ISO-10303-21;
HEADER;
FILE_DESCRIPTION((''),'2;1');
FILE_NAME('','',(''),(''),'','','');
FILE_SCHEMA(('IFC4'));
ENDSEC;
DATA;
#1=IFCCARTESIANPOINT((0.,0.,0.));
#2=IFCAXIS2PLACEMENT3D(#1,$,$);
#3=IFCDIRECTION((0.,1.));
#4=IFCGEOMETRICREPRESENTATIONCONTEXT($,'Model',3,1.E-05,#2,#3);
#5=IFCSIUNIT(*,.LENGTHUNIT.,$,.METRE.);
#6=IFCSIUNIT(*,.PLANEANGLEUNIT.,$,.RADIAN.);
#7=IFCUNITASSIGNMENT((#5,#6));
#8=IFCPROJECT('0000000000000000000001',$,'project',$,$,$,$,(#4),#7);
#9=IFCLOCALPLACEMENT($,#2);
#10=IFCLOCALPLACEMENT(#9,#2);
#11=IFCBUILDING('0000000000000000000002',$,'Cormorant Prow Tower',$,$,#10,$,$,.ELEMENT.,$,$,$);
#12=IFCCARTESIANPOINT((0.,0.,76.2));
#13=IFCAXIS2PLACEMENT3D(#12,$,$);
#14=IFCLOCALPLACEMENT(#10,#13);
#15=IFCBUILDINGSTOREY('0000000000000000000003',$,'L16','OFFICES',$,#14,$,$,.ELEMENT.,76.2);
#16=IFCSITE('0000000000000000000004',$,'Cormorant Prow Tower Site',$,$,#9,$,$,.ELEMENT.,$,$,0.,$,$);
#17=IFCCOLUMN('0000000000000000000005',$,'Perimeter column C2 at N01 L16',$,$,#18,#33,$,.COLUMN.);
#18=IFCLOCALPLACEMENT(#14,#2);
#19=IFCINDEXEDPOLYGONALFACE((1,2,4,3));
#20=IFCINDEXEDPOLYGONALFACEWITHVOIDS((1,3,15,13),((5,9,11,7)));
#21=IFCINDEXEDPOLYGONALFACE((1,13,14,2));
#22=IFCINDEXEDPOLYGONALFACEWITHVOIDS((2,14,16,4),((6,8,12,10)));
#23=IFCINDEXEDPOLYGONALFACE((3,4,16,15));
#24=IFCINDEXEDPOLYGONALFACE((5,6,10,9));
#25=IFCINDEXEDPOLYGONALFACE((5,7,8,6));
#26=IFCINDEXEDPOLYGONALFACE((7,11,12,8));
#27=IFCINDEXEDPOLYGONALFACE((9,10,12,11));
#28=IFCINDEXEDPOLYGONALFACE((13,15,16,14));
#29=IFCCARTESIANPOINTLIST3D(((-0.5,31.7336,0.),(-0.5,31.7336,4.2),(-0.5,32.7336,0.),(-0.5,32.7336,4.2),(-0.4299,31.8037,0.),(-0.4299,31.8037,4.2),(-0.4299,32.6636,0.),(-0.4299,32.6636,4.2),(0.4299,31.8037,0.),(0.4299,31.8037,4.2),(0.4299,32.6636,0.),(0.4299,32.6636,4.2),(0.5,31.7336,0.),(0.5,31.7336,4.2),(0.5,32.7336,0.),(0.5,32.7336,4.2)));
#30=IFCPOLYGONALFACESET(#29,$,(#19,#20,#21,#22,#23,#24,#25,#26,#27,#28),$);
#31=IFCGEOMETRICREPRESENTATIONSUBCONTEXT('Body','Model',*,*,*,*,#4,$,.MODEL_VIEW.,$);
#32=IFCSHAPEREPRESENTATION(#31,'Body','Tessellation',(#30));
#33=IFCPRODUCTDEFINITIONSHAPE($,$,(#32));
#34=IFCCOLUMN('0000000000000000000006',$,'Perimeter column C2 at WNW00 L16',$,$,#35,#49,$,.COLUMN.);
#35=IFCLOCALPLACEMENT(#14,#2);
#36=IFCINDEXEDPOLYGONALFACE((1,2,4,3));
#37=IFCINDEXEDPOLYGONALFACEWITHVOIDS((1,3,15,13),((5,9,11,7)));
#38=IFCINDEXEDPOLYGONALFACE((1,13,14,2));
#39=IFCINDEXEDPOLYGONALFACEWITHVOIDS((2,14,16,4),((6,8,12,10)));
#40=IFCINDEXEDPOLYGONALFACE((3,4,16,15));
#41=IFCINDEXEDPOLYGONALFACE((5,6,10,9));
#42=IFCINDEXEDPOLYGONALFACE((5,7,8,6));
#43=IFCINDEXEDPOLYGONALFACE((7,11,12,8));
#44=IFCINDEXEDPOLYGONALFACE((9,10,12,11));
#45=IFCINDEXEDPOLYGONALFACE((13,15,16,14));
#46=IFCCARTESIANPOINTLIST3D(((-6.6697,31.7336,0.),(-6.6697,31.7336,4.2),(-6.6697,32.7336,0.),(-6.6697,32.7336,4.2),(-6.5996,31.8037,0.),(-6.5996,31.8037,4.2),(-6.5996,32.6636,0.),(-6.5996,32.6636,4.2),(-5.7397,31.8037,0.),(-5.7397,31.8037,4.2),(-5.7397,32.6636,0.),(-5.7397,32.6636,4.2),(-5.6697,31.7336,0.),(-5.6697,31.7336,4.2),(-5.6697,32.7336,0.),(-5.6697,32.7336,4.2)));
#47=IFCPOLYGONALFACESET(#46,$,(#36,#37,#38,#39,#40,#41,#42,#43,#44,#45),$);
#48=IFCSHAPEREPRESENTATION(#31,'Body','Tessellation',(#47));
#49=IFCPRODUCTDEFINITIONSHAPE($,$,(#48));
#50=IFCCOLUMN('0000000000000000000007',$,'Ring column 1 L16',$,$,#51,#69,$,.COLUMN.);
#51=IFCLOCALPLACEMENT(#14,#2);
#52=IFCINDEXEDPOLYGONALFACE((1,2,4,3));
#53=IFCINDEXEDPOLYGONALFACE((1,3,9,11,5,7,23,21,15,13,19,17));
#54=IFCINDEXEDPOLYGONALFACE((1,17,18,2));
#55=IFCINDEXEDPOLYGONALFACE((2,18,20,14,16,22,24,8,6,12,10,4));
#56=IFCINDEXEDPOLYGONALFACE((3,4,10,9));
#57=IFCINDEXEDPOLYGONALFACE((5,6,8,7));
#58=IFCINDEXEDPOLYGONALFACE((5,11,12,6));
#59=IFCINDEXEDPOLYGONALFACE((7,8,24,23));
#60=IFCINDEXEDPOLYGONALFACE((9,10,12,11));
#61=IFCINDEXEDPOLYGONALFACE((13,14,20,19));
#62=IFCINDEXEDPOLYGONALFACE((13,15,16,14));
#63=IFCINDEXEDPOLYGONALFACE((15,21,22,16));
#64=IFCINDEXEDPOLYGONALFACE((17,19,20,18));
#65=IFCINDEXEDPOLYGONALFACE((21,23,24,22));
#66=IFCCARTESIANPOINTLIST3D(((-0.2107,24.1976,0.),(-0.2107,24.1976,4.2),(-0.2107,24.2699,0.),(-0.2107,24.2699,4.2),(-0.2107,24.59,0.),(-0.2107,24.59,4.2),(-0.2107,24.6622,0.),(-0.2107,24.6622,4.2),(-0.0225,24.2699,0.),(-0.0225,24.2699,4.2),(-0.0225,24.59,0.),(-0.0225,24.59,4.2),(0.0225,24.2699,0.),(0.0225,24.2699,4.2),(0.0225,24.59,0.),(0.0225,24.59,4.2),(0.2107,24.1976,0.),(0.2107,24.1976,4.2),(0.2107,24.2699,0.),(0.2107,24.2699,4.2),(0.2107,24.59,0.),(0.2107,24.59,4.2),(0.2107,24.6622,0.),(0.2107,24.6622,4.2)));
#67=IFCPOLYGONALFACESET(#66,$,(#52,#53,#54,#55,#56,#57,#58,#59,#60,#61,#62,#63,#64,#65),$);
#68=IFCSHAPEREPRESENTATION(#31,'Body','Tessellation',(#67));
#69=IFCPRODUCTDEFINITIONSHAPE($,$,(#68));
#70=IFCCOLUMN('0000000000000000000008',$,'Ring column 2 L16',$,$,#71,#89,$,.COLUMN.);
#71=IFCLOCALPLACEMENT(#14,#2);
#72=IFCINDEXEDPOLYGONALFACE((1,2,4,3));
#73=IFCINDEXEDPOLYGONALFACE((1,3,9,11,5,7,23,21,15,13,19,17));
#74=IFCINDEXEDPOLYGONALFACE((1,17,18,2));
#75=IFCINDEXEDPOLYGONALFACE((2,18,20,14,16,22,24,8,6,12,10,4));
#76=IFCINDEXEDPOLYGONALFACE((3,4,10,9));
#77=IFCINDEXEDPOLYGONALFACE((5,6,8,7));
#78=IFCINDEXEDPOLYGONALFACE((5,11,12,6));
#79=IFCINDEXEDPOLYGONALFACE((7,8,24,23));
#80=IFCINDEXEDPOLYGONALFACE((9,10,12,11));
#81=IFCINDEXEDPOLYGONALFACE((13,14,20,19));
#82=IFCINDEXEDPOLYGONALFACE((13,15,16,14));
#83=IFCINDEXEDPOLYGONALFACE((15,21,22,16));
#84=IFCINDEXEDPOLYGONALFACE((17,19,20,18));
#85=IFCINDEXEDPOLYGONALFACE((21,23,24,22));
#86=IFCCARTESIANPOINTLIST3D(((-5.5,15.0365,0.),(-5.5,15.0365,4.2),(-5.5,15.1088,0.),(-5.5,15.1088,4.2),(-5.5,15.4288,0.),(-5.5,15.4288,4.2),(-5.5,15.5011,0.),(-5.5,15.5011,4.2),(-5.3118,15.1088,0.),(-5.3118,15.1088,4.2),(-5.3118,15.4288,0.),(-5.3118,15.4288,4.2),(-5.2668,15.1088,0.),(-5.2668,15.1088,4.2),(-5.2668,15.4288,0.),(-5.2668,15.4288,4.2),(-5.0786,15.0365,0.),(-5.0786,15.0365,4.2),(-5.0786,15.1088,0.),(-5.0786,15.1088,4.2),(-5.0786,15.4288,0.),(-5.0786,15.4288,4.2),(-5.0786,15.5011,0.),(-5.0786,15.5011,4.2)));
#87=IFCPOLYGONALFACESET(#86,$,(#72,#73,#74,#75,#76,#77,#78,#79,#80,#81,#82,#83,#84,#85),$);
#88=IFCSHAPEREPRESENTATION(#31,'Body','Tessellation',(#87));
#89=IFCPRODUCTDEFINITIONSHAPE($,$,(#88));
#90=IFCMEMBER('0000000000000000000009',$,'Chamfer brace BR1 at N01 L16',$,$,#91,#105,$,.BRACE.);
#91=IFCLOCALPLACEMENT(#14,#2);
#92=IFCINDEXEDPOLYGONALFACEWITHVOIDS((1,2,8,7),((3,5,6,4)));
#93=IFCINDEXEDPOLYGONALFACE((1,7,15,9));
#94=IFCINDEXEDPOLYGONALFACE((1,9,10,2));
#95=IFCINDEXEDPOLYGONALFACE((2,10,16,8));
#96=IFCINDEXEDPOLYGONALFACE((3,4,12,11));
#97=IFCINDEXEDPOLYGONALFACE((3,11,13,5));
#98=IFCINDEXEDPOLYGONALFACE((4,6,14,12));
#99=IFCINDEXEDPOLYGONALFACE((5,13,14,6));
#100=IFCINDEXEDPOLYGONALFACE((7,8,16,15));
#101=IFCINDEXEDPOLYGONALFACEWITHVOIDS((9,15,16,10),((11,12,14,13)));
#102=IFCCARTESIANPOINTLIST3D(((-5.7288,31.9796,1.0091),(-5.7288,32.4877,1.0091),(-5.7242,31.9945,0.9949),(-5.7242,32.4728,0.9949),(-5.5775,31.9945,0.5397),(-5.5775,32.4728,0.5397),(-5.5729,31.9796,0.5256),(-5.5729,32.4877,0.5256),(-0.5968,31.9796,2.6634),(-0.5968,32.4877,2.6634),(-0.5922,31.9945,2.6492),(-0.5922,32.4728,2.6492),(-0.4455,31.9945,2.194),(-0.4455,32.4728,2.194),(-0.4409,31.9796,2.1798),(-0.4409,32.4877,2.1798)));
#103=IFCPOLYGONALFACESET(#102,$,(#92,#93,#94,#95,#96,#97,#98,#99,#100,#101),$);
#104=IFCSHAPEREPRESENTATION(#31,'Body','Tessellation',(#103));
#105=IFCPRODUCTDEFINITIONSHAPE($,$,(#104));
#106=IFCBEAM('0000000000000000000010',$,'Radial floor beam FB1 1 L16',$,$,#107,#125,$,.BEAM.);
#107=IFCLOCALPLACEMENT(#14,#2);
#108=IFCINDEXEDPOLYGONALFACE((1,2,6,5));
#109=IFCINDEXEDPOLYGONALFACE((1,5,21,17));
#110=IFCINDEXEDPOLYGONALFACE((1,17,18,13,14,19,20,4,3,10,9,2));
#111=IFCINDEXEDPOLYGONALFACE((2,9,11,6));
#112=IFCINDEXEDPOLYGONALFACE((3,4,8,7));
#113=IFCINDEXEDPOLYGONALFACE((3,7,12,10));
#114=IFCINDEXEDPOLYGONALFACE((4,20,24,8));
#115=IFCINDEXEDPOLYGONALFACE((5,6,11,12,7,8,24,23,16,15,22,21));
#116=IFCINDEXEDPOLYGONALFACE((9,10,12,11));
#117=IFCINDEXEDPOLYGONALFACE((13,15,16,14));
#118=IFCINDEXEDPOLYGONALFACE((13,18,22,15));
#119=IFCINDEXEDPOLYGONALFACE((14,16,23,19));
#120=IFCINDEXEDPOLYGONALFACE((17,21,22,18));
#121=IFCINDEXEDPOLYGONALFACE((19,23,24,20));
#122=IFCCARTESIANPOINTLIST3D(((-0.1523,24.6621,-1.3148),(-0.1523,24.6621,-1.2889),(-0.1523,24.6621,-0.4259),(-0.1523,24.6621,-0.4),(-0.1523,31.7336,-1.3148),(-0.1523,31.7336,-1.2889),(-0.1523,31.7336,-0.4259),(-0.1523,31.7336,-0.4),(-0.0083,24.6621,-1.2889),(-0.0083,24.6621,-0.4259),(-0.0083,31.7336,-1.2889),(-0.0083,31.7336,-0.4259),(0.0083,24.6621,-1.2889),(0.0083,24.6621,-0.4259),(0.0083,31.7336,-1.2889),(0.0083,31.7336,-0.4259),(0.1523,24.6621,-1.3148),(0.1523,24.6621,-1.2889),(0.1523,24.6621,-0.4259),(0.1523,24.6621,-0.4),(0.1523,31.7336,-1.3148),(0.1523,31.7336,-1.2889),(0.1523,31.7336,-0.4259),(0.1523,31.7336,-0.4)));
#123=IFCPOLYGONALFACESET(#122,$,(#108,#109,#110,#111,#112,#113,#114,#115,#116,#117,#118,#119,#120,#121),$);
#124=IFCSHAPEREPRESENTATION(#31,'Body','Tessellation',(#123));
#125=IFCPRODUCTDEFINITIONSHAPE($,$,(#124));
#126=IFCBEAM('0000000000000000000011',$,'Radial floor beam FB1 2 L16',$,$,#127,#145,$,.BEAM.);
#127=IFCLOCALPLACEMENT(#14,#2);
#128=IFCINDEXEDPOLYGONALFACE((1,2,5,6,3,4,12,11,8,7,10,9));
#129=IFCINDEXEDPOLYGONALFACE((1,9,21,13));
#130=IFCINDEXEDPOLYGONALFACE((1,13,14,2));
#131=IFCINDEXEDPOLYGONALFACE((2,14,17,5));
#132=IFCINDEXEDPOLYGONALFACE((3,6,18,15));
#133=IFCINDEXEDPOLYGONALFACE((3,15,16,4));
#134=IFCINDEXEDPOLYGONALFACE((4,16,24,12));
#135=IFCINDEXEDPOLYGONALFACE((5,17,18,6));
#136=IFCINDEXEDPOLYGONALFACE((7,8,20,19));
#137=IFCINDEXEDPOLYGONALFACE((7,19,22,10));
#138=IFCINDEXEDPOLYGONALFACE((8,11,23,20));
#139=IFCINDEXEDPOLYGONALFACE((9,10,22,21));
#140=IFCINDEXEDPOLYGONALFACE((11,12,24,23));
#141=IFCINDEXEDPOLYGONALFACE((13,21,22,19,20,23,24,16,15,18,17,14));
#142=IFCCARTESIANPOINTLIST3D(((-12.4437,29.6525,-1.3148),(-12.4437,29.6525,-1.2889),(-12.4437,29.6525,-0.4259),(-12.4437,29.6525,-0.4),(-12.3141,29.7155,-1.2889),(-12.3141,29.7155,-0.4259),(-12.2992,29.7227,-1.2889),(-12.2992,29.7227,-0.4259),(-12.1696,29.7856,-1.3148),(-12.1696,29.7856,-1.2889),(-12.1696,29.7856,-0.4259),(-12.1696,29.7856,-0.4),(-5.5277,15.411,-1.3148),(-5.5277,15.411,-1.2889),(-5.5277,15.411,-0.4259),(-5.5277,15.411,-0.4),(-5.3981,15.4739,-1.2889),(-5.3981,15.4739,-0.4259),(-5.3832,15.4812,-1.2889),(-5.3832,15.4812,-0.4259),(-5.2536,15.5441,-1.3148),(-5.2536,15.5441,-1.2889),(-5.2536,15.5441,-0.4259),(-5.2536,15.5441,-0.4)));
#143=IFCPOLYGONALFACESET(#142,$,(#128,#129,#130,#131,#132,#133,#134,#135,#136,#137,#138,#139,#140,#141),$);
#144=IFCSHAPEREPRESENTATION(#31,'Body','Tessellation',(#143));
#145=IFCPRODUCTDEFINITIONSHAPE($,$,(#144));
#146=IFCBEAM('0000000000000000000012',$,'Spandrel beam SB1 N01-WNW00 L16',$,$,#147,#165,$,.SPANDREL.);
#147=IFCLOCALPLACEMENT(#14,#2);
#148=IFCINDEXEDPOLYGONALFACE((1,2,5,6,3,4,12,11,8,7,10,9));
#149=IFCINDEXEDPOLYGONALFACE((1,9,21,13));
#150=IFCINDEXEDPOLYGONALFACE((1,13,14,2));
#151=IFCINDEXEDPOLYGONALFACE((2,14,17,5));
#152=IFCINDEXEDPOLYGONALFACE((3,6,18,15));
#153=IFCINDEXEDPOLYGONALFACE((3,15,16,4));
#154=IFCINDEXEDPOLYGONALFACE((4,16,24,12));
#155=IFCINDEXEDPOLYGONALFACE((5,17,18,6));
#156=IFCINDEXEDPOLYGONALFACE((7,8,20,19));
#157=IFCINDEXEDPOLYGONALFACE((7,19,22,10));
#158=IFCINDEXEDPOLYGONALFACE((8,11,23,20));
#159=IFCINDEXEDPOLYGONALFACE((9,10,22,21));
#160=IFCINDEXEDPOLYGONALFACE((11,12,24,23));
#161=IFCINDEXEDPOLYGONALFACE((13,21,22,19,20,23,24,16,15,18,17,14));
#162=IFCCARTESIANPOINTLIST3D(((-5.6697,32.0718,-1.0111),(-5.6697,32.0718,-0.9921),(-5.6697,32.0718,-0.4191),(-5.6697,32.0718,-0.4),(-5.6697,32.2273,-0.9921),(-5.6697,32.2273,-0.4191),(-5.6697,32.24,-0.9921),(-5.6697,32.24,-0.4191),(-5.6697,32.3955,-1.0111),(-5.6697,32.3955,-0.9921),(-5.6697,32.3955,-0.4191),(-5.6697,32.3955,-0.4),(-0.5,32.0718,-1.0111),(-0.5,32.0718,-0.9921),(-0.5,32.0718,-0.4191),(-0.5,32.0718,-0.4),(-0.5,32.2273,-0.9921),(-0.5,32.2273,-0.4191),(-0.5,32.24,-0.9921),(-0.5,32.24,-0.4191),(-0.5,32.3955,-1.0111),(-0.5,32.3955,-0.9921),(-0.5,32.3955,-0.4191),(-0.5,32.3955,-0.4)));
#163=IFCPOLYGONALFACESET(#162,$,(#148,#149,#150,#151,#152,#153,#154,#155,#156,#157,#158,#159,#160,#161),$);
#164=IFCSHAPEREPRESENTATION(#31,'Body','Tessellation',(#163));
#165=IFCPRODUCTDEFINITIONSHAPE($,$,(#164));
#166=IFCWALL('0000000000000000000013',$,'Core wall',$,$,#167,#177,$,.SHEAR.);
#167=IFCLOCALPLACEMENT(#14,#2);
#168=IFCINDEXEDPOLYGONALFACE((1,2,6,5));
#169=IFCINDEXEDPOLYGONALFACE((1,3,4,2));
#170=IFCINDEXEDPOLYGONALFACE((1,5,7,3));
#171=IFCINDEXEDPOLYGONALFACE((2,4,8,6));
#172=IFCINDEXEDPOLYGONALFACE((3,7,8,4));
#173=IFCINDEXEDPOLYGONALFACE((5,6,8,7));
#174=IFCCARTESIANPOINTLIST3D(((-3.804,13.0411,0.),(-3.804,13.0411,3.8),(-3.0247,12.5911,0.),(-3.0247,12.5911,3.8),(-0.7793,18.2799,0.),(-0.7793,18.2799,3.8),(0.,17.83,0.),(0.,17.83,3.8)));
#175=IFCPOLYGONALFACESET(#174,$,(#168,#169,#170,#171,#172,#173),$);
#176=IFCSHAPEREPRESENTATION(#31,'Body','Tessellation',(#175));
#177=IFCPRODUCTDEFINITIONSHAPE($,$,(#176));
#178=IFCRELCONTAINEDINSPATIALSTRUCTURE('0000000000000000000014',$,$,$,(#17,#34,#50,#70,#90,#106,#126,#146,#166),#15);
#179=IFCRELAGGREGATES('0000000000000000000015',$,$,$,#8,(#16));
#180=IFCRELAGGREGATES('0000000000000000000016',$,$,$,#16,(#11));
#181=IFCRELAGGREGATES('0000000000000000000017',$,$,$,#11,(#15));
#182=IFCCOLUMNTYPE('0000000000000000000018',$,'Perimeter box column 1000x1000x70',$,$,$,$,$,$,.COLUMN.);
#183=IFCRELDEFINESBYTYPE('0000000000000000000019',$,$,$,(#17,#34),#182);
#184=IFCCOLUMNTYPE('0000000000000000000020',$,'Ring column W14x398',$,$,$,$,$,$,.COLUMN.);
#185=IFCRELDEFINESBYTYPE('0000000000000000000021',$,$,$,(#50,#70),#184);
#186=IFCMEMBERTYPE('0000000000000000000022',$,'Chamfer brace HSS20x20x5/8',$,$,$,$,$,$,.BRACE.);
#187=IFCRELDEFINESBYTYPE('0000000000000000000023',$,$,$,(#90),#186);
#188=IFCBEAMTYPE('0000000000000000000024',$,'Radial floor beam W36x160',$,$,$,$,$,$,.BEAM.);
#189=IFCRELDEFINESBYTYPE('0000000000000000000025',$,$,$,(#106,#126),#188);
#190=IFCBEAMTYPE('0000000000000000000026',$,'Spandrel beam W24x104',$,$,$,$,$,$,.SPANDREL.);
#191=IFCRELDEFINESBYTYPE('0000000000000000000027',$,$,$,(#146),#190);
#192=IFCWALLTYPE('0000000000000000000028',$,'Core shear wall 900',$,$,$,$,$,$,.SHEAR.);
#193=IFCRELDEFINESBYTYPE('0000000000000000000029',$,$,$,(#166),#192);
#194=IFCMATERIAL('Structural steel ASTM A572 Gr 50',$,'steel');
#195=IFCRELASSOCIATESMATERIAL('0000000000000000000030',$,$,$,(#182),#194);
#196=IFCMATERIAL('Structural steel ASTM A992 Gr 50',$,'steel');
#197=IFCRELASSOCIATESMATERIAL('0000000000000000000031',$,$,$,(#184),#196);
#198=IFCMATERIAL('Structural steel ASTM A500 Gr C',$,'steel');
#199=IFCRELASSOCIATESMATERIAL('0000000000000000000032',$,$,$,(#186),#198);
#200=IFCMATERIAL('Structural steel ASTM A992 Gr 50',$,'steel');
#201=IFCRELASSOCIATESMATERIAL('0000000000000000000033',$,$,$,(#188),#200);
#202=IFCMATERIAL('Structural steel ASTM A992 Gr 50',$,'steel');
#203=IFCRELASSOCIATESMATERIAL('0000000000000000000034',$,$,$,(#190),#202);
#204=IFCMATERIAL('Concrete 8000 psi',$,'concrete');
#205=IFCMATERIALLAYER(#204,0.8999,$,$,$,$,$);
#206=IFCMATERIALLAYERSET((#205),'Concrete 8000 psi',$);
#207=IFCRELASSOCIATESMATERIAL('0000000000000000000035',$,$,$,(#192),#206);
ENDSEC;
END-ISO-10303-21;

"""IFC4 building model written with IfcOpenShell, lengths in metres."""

from ifc_helpers import new_model, si_unit, direction, frame, frame_2d, origin, origin_2d, place, context, subcontext, project, spatial, rectangle, hollow_rectangle, i_section, extrude, material, layer, layer_set, material_profile, profile_set, type_object, element, save


model = new_model("IFC4")

# Units and contexts
model_context = context("Model", 3, precision=1e-05, world=origin(), true_north=direction((0.0, 1.0)))
body_context = subcontext(model_context, "Body", "Model", "MODEL_VIEW")
ifc_project = project(units=[si_unit("LENGTHUNIT", "METRE"), si_unit("PLANEANGLEUNIT", "RADIAN")], contexts=[model_context])

# Site, building, storey
site_placement = place(None, origin())
site = spatial("IfcSite", under=ifc_project, at=site_placement, Name="Cormorant Prow Tower Site", CompositionType="ELEMENT", RefElevation=0.0)
building_placement = place(site_placement, origin())
building = spatial("IfcBuilding", under=site, at=building_placement, Name="Cormorant Prow Tower", CompositionType="ELEMENT")
storey_placement = place(building_placement, frame((0.0, 0.0, 76.2)))
storey = spatial("IfcBuildingStorey", under=building, at=storey_placement, Name="L16", Description="OFFICES", CompositionType="ELEMENT", Elevation=76.2)

# Columns
ifc_material_1 = material(Name="Structural steel ASTM A572 Gr 50", Category="steel")
ifc_material_profile_1 = material_profile(ifc_material_1, hollow_rectangle(XDim=1.0, YDim=1.0, WallThickness=0.0701, at=origin_2d()), Name="Box 1000x1000x70")
ifc_profile_set_1 = profile_set([ifc_material_profile_1], Name="Structural steel ASTM A572 Gr 50")
column_type_1 = type_object("IfcColumnType", Name="Perimeter box column 1000x1000x70", PredefinedType="COLUMN", material=ifc_profile_set_1)
for number, where, z_axis, x_axis, name in (
    (1, (0.0, 32.2336, 0.0), (0.0, 0.0, 1.0), (1.0, 0.0, 0.0), "Perimeter column C2 at N01 L16"),
    (2, (-6.1697, 32.2336, 0.0), (0.0, 0.0, 1.0), (1.0, 0.0, 0.0), "Perimeter column C2 at WNW00 L16"),
):
    element("IfcColumn", number, at=place(storey_placement, frame(where, z_axis=z_axis, x_axis=x_axis)), inside=storey, type_object=column_type_1, Name=name, PredefinedType="COLUMN", context=body_context, shape_type="SweptSolid", body=[
        extrude(hollow_rectangle(XDim=1.0, YDim=1.0, WallThickness=0.0701, at=origin_2d()), origin(), (0.0, 0.0, 1.0), 4.2),
    ])
ifc_material_2 = material(Name="Structural steel ASTM A992 Gr 50", Category="steel")
ifc_material_profile_2 = material_profile(ifc_material_2, i_section(OverallWidth=0.4214, OverallDepth=0.4646, WebThickness=0.0449, FlangeThickness=0.0723, at=origin_2d()), Name="W14x398")
ifc_profile_set_2 = profile_set([ifc_material_profile_2], Name="Structural steel ASTM A992 Gr 50")
column_type_2 = type_object("IfcColumnType", Name="Ring column W14x398", PredefinedType="COLUMN", material=ifc_profile_set_2)
for number, where, z_axis, x_axis, name in (
    (3, (0.0, 24.4299, 0.0), (0.0, 0.0, 1.0), (1.0, 0.0, 0.0), "Ring column 1 L16"),
    (4, (-5.2893, 15.2688, 0.0), (0.0, 0.0, 1.0), (1.0, 0.0, 0.0), "Ring column 2 L16"),
):
    element("IfcColumn", number, at=place(storey_placement, frame(where, z_axis=z_axis, x_axis=x_axis)), inside=storey, type_object=column_type_2, Name=name, PredefinedType="COLUMN", context=body_context, shape_type="SweptSolid", body=[
        extrude(i_section(OverallWidth=0.4214, OverallDepth=0.4646, WebThickness=0.0449, FlangeThickness=0.0723, at=origin_2d()), origin(), (0.0, 0.0, 1.0), 4.2),
    ])

# Member
ifc_material_3 = material(Name="Structural steel ASTM A500 Gr C", Category="steel")
ifc_material_profile_3 = material_profile(ifc_material_3, hollow_rectangle(XDim=0.5081, YDim=0.5081, WallThickness=0.0149, at=origin_2d()), Name="HSS20x20x5/8")
ifc_profile_set_3 = profile_set([ifc_material_profile_3], Name="Structural steel ASTM A500 Gr C")
member_type = type_object("IfcMemberType", Name="Chamfer brace HSS20x20x5/8", PredefinedType="BRACE", material=ifc_profile_set_3)
member_placement = place(storey_placement, frame((-5.6509, 32.2336, 0.7673), z_axis=(0.951774, 0.0, 0.306799), x_axis=(0.0, 1.0, 0.0)))
element("IfcMember", 5, at=member_placement, inside=storey, type_object=member_type, Name="Chamfer brace BR1 at N01 L16", PredefinedType="BRACE", context=body_context, shape_type="SweptSolid", body=[
    extrude(hollow_rectangle(XDim=0.5081, YDim=0.5081, WallThickness=0.0149, at=origin_2d()), origin(), (0.0, 0.0, 1.0), 5.3921),
])

# Beams
ifc_material_4 = material(Name="Structural steel ASTM A992 Gr 50", Category="steel")
ifc_material_profile_4 = material_profile(ifc_material_4, i_section(OverallWidth=0.3047, OverallDepth=0.9148, WebThickness=0.0166, FlangeThickness=0.0259, at=origin_2d()), Name="W36x160")
ifc_profile_set_4 = profile_set([ifc_material_profile_4], Name="Structural steel ASTM A992 Gr 50")
beam_type_1 = type_object("IfcBeamType", Name="Radial floor beam W36x160", PredefinedType="BEAM", material=ifc_profile_set_4)
beam_1_placement = place(storey_placement, frame((0.0, 24.6621, -0.8574), z_axis=(0.0, 1.0, 0.0), x_axis=(-1.0, 0.0, 0.0)))
element("IfcBeam", 6, at=beam_1_placement, inside=storey, type_object=beam_type_1, Name="Radial floor beam FB1 1 L16", PredefinedType="BEAM", context=body_context, shape_type="SweptSolid", body=[
    extrude(i_section(OverallWidth=0.3047, OverallDepth=0.9148, WebThickness=0.0166, FlangeThickness=0.0259, at=origin_2d()), origin(), (0.0, 0.0, 1.0), 7.0715),
])
beam_2_placement = place(storey_placement, frame((-5.3906, 15.4775, -0.8574), z_axis=(-0.436839, 0.899539, 0.0), x_axis=(-0.899539, -0.436839, 0.0)))
element("IfcBeam", 7, at=beam_2_placement, inside=storey, type_object=beam_type_1, Name="Radial floor beam FB1 2 L16", PredefinedType="BEAM", context=body_context, shape_type="SweptSolid", body=[
    extrude(i_section(OverallWidth=0.3047, OverallDepth=0.9148, WebThickness=0.0166, FlangeThickness=0.0259, at=origin_2d()), origin(), (0.0, 0.0, 1.0), 15.832),
])
ifc_material_5 = material(Name="Structural steel ASTM A992 Gr 50", Category="steel")
ifc_material_profile_5 = material_profile(ifc_material_5, i_section(OverallWidth=0.3237, OverallDepth=0.6111, WebThickness=0.0127, FlangeThickness=0.019, at=origin_2d()), Name="W24x104")
ifc_profile_set_5 = profile_set([ifc_material_profile_5], Name="Structural steel ASTM A992 Gr 50")
beam_type_2 = type_object("IfcBeamType", Name="Spandrel beam W24x104", PredefinedType="SPANDREL", material=ifc_profile_set_5)
beam_3_placement = place(storey_placement, frame((-0.5, 32.2336, -0.7056), z_axis=(-1.0, 0.0, 0.0), x_axis=(0.0, -1.0, 0.0)))
element("IfcBeam", 8, at=beam_3_placement, inside=storey, type_object=beam_type_2, Name="Spandrel beam SB1 N01-WNW00 L16", PredefinedType="SPANDREL", context=body_context, shape_type="SweptSolid", body=[
    extrude(i_section(OverallWidth=0.3237, OverallDepth=0.6111, WebThickness=0.0127, FlangeThickness=0.019, at=origin_2d()), origin(), (0.0, 0.0, 1.0), 5.1697),
])

# Wall
ifc_material_6 = material(Name="Concrete 8000 psi", Category="concrete")
ifc_layer_1 = layer(ifc_material_6, 0.8999)
ifc_layer_set_1 = layer_set([ifc_layer_1], Name="Concrete 8000 psi")
wall_type_1 = type_object("IfcWallType", Name="Core shear wall 900", PredefinedType="SHEAR", material=ifc_layer_set_1)
wall_1_placement = place(storey_placement, frame((-0.3896, 18.0549, 0.0), z_axis=(0.0, 0.0, 1.0), x_axis=(-0.500007, -0.866022, 0.0)))
element("IfcWall", 9, at=wall_1_placement, inside=storey, type_object=wall_type_1, Name="Core wall", PredefinedType="SHEAR", context=body_context, shape_type="SweptSolid", body=[
    extrude(rectangle(XDim=6.0493, YDim=0.8999, at=frame_2d((3.0247, 0.0))), origin(), (0.0, 0.0, 1.0), 3.8),
])

save(model, "model.ifc")
